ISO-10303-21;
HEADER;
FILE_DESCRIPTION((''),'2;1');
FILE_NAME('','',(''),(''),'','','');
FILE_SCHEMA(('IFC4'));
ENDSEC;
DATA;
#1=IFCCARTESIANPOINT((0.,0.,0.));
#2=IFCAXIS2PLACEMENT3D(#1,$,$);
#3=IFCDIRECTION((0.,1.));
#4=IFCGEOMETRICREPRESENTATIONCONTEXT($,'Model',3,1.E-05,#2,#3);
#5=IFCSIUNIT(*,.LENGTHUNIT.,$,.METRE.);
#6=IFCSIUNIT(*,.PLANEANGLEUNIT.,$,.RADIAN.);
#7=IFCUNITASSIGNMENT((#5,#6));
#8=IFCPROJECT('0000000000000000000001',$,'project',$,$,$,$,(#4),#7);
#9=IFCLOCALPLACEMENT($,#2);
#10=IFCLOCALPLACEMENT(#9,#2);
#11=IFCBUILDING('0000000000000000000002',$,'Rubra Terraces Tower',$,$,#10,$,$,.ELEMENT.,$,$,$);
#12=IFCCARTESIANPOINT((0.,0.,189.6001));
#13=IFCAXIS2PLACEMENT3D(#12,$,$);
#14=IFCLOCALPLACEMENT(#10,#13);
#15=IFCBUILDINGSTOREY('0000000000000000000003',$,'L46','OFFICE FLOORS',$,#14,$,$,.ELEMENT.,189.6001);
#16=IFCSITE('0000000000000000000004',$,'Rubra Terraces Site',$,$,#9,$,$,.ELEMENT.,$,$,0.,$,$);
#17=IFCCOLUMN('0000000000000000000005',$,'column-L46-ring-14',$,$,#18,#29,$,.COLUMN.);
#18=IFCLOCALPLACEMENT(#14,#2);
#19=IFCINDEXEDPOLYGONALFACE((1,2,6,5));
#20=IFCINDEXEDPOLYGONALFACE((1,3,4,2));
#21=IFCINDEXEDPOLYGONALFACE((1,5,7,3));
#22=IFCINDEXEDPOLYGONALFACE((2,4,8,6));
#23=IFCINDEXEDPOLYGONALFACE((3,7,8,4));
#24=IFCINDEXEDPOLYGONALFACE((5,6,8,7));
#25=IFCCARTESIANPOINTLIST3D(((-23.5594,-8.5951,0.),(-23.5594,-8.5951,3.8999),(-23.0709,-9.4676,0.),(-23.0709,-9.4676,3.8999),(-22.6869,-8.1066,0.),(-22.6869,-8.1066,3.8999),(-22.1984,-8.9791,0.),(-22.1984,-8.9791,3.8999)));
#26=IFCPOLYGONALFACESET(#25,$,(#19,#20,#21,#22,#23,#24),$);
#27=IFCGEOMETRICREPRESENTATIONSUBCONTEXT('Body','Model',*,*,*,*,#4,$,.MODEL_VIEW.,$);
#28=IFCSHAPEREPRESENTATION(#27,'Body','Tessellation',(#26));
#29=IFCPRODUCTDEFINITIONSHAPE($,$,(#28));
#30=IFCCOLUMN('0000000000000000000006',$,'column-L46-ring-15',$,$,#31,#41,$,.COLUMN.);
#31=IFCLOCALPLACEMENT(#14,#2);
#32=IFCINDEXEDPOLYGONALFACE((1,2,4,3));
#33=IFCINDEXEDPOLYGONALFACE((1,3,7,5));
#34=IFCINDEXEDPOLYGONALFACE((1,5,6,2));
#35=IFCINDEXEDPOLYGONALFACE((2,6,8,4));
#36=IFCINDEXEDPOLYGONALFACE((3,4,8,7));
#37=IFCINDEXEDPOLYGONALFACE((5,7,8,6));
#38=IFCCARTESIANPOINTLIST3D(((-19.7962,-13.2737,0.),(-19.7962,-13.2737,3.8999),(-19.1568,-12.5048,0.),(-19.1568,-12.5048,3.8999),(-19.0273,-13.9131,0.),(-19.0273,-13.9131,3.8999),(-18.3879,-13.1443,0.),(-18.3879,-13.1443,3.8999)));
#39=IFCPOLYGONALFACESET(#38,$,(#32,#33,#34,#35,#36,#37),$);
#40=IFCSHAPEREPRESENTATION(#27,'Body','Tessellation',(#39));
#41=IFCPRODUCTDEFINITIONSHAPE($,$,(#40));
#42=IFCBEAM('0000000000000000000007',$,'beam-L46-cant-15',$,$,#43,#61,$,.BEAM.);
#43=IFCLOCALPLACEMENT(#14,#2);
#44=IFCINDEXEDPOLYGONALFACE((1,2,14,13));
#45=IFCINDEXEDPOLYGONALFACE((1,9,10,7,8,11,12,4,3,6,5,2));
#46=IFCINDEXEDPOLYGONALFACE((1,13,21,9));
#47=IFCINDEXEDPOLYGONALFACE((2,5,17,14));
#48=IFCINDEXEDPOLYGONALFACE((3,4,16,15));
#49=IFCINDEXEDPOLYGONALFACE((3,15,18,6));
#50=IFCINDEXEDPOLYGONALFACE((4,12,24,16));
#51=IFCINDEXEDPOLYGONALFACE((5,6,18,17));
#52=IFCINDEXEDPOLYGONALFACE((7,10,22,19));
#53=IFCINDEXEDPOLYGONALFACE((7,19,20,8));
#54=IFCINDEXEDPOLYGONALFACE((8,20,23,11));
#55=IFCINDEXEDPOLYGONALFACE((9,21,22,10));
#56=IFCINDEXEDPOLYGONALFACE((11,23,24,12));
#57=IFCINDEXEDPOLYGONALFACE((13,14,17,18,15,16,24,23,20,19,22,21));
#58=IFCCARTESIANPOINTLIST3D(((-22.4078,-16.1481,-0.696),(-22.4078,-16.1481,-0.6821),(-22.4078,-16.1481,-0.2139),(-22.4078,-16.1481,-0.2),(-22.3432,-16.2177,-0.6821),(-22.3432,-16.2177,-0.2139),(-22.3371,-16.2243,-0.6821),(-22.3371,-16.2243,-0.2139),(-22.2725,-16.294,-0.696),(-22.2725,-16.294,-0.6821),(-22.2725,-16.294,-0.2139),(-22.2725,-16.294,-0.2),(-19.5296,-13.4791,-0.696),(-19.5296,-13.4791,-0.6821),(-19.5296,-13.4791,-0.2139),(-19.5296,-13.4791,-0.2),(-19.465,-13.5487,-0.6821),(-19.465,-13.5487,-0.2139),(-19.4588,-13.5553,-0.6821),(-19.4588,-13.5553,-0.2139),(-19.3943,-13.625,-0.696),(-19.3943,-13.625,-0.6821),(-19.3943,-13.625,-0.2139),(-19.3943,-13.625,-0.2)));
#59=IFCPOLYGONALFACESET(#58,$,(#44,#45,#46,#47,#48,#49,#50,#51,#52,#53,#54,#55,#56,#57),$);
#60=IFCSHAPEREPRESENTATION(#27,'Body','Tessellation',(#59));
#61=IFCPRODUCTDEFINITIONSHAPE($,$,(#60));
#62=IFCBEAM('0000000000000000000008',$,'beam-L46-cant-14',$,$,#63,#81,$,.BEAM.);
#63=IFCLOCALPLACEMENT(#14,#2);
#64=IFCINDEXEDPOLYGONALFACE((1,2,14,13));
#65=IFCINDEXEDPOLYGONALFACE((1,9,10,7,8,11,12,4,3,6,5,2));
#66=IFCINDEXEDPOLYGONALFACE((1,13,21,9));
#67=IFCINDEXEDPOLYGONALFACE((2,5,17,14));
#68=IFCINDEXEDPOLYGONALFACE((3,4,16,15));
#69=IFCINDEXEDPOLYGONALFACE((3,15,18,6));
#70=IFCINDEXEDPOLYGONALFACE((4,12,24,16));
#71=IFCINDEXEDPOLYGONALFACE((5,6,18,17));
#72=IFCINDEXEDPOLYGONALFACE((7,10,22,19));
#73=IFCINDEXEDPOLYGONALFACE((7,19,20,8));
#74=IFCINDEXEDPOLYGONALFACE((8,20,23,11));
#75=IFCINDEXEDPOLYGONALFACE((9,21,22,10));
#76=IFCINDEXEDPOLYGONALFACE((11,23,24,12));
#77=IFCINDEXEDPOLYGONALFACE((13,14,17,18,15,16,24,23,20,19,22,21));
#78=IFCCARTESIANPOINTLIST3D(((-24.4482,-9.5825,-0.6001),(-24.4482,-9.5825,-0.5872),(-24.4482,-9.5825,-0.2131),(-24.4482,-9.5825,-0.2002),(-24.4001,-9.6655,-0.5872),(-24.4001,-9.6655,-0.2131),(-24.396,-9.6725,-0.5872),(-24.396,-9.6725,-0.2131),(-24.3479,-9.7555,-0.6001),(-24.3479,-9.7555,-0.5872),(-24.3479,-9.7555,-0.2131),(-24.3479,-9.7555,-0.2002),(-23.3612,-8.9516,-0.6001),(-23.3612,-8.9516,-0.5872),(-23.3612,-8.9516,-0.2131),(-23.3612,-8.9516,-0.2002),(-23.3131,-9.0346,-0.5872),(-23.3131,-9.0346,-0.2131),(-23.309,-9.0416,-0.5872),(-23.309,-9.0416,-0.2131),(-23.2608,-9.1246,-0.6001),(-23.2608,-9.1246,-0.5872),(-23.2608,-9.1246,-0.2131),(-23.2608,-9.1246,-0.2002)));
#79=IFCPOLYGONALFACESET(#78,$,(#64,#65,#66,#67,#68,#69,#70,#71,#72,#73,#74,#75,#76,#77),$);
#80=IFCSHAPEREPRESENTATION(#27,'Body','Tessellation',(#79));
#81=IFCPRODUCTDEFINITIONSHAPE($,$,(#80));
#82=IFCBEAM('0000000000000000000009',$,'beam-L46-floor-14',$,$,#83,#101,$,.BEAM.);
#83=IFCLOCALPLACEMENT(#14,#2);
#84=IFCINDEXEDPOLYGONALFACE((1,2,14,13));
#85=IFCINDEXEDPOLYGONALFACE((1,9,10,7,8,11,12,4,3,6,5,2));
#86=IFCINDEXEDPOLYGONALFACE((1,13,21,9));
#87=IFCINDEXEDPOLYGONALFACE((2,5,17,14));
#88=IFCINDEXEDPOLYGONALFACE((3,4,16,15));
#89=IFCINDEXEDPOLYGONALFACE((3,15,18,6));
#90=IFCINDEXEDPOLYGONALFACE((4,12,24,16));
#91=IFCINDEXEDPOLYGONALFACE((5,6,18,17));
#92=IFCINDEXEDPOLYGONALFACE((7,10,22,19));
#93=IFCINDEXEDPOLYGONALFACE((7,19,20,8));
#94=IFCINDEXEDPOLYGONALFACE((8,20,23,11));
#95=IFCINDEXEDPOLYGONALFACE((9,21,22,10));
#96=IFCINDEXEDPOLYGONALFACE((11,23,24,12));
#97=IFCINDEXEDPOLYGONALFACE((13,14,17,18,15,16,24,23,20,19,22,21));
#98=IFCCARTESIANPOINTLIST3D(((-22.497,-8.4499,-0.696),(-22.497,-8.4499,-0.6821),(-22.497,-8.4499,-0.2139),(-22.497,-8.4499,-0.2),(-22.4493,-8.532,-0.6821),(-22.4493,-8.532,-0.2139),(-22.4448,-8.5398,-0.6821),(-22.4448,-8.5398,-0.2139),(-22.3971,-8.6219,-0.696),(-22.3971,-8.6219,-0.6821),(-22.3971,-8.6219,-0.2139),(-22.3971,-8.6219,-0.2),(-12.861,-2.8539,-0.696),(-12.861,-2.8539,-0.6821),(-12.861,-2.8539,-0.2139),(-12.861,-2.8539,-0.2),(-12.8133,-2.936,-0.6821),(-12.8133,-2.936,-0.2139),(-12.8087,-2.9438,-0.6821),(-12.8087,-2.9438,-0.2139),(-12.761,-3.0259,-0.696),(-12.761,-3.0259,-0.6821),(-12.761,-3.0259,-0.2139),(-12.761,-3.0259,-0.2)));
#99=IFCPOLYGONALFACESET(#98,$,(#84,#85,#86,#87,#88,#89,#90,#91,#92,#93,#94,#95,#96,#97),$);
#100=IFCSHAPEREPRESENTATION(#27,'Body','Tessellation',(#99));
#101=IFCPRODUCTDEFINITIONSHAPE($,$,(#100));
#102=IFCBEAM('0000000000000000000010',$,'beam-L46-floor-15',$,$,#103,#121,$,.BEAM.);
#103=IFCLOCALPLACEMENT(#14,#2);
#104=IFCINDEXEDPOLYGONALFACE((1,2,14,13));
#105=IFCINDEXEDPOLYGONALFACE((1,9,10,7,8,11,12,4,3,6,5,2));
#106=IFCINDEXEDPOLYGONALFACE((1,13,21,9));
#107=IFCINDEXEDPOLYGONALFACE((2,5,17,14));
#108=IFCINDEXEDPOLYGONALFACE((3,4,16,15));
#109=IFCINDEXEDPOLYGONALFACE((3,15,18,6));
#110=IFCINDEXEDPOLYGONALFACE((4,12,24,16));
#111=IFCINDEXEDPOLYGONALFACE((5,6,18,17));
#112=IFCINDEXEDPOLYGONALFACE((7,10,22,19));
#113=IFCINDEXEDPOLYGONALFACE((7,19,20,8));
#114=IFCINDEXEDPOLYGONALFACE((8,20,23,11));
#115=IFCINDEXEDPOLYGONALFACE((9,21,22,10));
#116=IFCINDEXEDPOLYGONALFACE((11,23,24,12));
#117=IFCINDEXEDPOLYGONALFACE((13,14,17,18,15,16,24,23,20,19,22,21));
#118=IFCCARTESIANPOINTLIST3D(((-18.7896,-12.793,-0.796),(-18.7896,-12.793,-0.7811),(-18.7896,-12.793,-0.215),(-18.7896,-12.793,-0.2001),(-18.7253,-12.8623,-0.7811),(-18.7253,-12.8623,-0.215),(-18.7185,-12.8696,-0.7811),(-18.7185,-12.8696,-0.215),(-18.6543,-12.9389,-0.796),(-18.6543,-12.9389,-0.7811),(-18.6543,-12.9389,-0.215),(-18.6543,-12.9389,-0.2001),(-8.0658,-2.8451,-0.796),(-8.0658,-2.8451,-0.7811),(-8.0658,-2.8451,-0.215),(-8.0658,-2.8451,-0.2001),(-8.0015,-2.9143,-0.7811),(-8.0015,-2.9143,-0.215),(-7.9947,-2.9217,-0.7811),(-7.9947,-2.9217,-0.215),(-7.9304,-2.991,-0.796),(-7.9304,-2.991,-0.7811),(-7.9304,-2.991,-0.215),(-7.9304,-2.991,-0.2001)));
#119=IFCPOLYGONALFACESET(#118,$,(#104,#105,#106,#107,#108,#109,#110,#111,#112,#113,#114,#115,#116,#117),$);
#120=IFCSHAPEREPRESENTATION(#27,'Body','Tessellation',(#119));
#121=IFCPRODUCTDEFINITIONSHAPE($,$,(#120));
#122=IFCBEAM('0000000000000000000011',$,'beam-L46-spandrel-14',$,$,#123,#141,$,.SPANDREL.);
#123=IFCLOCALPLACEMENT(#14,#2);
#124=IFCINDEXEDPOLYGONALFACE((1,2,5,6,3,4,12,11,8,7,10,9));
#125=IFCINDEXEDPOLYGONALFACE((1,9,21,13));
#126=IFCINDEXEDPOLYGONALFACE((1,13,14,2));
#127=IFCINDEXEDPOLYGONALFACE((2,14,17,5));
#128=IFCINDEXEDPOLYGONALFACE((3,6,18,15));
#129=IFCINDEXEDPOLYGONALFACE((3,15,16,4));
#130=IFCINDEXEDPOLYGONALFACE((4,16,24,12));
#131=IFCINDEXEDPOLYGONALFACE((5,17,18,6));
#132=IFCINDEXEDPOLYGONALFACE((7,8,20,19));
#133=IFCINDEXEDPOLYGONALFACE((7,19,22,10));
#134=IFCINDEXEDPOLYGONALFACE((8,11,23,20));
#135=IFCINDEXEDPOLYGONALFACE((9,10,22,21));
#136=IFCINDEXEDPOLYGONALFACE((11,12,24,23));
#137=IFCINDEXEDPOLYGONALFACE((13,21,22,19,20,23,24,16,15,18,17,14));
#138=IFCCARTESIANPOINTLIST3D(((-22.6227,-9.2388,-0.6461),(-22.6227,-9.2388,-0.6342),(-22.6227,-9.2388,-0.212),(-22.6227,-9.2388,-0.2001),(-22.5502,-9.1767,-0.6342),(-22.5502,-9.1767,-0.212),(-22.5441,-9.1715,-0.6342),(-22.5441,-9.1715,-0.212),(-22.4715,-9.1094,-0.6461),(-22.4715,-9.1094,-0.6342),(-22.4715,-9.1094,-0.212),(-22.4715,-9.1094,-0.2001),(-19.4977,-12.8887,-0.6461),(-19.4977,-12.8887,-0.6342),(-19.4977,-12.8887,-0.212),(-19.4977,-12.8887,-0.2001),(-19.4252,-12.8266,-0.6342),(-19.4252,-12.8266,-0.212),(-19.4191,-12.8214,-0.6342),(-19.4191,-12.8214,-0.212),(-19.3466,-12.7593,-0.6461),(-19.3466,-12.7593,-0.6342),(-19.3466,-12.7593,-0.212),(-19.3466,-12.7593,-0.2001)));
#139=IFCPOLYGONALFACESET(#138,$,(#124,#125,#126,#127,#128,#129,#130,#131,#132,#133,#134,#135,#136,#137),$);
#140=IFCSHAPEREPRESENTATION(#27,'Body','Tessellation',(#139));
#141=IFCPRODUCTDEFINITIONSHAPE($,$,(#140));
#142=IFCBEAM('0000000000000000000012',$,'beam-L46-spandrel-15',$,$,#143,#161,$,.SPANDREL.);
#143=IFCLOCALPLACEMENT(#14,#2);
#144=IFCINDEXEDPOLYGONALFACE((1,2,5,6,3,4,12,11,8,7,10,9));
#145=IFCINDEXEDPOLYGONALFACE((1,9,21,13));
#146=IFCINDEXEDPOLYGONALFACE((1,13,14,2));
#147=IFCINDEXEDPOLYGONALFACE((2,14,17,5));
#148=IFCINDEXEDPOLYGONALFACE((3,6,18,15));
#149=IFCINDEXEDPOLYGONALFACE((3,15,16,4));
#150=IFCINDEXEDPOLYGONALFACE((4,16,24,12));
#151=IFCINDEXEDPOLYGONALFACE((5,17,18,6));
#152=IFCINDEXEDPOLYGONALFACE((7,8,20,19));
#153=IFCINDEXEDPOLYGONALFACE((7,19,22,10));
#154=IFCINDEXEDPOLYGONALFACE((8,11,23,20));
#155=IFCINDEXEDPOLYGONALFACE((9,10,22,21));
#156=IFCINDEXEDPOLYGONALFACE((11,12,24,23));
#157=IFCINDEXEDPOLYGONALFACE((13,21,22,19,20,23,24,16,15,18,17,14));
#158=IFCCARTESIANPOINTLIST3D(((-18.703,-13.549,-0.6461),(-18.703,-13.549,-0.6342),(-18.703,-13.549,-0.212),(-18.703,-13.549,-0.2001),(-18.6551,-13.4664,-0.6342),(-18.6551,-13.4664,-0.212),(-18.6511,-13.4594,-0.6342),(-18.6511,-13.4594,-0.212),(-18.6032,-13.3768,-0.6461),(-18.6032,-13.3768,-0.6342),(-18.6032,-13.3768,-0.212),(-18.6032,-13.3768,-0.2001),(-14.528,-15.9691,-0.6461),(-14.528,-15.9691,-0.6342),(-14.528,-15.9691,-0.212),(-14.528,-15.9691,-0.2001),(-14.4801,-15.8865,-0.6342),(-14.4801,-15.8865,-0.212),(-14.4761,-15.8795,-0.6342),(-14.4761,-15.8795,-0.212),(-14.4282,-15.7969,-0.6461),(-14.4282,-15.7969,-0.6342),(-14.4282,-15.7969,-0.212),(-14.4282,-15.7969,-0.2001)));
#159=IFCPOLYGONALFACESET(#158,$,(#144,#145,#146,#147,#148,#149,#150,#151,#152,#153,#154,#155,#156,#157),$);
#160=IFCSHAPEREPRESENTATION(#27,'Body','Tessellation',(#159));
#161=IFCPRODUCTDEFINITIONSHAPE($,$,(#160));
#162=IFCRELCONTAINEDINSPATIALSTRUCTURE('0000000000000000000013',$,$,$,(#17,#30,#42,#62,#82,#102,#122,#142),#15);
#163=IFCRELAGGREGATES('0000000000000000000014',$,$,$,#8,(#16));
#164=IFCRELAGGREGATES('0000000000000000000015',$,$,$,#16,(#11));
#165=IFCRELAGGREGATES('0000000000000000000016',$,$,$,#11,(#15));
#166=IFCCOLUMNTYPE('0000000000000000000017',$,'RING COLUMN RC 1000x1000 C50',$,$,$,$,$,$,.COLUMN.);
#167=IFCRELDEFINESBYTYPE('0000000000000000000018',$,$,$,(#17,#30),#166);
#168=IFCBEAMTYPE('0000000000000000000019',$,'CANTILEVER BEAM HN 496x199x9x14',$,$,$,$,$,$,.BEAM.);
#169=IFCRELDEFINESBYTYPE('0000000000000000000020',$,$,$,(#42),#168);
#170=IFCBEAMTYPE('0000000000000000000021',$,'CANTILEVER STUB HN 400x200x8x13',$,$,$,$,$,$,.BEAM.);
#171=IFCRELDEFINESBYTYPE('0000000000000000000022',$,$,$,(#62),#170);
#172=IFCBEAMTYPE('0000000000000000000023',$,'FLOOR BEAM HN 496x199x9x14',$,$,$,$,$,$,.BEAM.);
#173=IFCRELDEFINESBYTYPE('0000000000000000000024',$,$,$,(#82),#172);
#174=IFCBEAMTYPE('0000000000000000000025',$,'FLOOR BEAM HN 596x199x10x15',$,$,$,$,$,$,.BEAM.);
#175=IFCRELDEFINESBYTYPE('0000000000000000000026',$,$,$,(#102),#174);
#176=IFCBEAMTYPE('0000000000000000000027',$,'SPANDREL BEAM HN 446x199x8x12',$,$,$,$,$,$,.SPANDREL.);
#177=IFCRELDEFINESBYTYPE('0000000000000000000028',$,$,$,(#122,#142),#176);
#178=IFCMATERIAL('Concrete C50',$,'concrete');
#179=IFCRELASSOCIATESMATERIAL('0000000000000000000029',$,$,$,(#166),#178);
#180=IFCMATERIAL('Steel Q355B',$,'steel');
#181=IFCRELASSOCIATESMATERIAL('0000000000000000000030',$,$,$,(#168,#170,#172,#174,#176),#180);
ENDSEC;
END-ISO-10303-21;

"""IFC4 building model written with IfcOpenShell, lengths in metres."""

from ifc_helpers import new_model, si_unit, direction, frame, origin, origin_2d, place, context, subcontext, project, spatial, rectangle, i_section, extrude, material, material_profile, profile_set, type_object, element, save


model = new_model("IFC4")

# Units and contexts
model_context = context("Model", 3, precision=1e-05, world=origin(), true_north=direction((0.0, 1.0)))
body_context = subcontext(model_context, "Body", "Model", "MODEL_VIEW")
ifc_project = project(units=[si_unit("LENGTHUNIT", "METRE"), si_unit("PLANEANGLEUNIT", "RADIAN")], contexts=[model_context])

# Site, building, storey
site_placement = place(None, origin())
site = spatial("IfcSite", under=ifc_project, at=site_placement, Name="Rubra Terraces Site", CompositionType="ELEMENT", RefElevation=0.0)
building_placement = place(site_placement, origin())
building = spatial("IfcBuilding", under=site, at=building_placement, Name="Rubra Terraces Tower", CompositionType="ELEMENT")
storey_placement = place(building_placement, frame((0.0, 0.0, 189.6001)))
storey = spatial("IfcBuildingStorey", under=building, at=storey_placement, Name="L46", Description="OFFICE FLOORS", CompositionType="ELEMENT", Elevation=189.6001)

# Columns
ifc_material_1 = material(Name="Concrete C50", Category="concrete")
ifc_material_profile_1 = material_profile(ifc_material_1, rectangle(XDim=1.0, YDim=1.0, at=origin_2d()), Name="RC 1000x1000")
ifc_profile_set_1 = profile_set([ifc_material_profile_1], Name="Concrete C50")
column_type = type_object("IfcColumnType", Name="RING COLUMN RC 1000x1000 C50", PredefinedType="COLUMN", material=ifc_profile_set_1)
for number, where, z_axis, x_axis, name in (
    (1, (-22.8789, -8.7871, 0.0), (0.0, 0.0, 1.0), (0.488526, -0.872549, 0.0), "column-L46-ring-14"),
    (2, (-19.092, -13.209, 0.0), (0.0, 0.0, 1.0), (0.76887, -0.639405, 0.0), "column-L46-ring-15"),
):
    element("IfcColumn", number, at=place(storey_placement, frame(where, z_axis=z_axis, x_axis=x_axis)), inside=storey, type_object=column_type, Name=name, PredefinedType="COLUMN", context=body_context, shape_type="SweptSolid", body=[
        extrude(rectangle(XDim=1.0, YDim=1.0, at=origin_2d()), origin(), (0.0, 0.0, 1.0), 3.8999),
    ])

# Beams
ifc_material_2 = material(Name="Steel Q355B", Category="steel")
ifc_material_profile_2 = material_profile(ifc_material_2, i_section(OverallWidth=0.199, OverallDepth=0.4961, WebThickness=0.009, FlangeThickness=0.0139, at=origin_2d()), Name="HN 496x199x9x14")
ifc_profile_set_2 = profile_set([ifc_material_profile_2], Name="Steel Q355B")
beam_type_1 = type_object("IfcBeamType", Name="CANTILEVER BEAM HN 496x199x9x14", PredefinedType="BEAM", material=ifc_profile_set_2)
beam_1_placement = place(storey_placement, frame((-19.4619, -13.552, -0.448), z_axis=(-0.733256, -0.679952, 0.0), x_axis=(0.679952, -0.733256, 0.0)))
element("IfcBeam", 3, at=beam_1_placement, inside=storey, type_object=beam_type_1, Name="beam-L46-cant-15", PredefinedType="BEAM", context=body_context, shape_type="SweptSolid", body=[
    extrude(i_section(OverallWidth=0.199, OverallDepth=0.4961, WebThickness=0.009, FlangeThickness=0.0139, at=origin_2d()), origin(), (0.0, 0.0, 1.0), 3.9253),
])
ifc_material_profile_3 = material_profile(ifc_material_2, i_section(OverallWidth=0.2, OverallDepth=0.3999, WebThickness=0.0081, FlangeThickness=0.0129, at=origin_2d()), Name="HN 400x200x8x13")
ifc_profile_set_3 = profile_set([ifc_material_profile_3], Name="Steel Q355B")
beam_type_2 = type_object("IfcBeamType", Name="CANTILEVER STUB HN 400x200x8x13", PredefinedType="BEAM", material=ifc_profile_set_3)
beam_2_placement = place(storey_placement, frame((-23.311, -9.0381, -0.4001), z_axis=(-0.864876, -0.501986, 0.0), x_axis=(0.501986, -0.864876, 0.0)))
element("IfcBeam", 4, at=beam_2_placement, inside=storey, type_object=beam_type_2, Name="beam-L46-cant-14", PredefinedType="BEAM", context=body_context, shape_type="SweptSolid", body=[
    extrude(i_section(OverallWidth=0.2, OverallDepth=0.3999, WebThickness=0.0081, FlangeThickness=0.0129, at=origin_2d()), origin(), (0.0, 0.0, 1.0), 1.2568),
])
ifc_material_profile_4 = material_profile(ifc_material_2, i_section(OverallWidth=0.199, OverallDepth=0.4961, WebThickness=0.009, FlangeThickness=0.0139, at=origin_2d()), Name="HN 496x199x9x14")
ifc_profile_set_4 = profile_set([ifc_material_profile_4], Name="Steel Q355B")
beam_type_3 = type_object("IfcBeamType", Name="FLOOR BEAM HN 496x199x9x14", PredefinedType="BEAM", material=ifc_profile_set_4)
beam_3_placement = place(storey_placement, frame((-22.447, -8.5359, -0.448), z_axis=(0.864755, 0.502193, 0.0), x_axis=(-0.502193, 0.864755, 0.0)))
element("IfcBeam", 5, at=beam_3_placement, inside=storey, type_object=beam_type_3, Name="beam-L46-floor-14", PredefinedType="BEAM", context=body_context, shape_type="SweptSolid", body=[
    extrude(i_section(OverallWidth=0.199, OverallDepth=0.4961, WebThickness=0.009, FlangeThickness=0.0139, at=origin_2d()), origin(), (0.0, 0.0, 1.0), 11.1431),
])
ifc_material_profile_5 = material_profile(ifc_material_2, i_section(OverallWidth=0.199, OverallDepth=0.5959, WebThickness=0.01, FlangeThickness=0.0149, at=origin_2d()), Name="HN 596x199x10x15")
ifc_profile_set_5 = profile_set([ifc_material_profile_5], Name="Steel Q355B")
beam_type_4 = type_object("IfcBeamType", Name="FLOOR BEAM HN 596x199x10x15", PredefinedType="BEAM", material=ifc_profile_set_5)
beam_4_placement = place(storey_placement, frame((-18.7219, -12.866, -0.498), z_axis=(0.73313, 0.680088, 0.0), x_axis=(-0.680088, 0.73313, 0.0)))
element("IfcBeam", 6, at=beam_4_placement, inside=storey, type_object=beam_type_4, Name="beam-L46-floor-15", PredefinedType="BEAM", context=body_context, shape_type="SweptSolid", body=[
    extrude(i_section(OverallWidth=0.199, OverallDepth=0.5959, WebThickness=0.01, FlangeThickness=0.0149, at=origin_2d()), origin(), (0.0, 0.0, 1.0), 14.6274),
])
ifc_material_profile_6 = material_profile(ifc_material_2, i_section(OverallWidth=0.199, OverallDepth=0.446, WebThickness=0.0081, FlangeThickness=0.012, at=origin_2d()), Name="HN 446x199x8x12")
ifc_profile_set_6 = profile_set([ifc_material_profile_6], Name="Steel Q355B")
beam_type_5 = type_object("IfcBeamType", Name="SPANDREL BEAM HN 446x199x8x12", PredefinedType="SPANDREL", material=ifc_profile_set_6)
beam_5_placement = place(storey_placement, frame((-22.5471, -9.1741, -0.4231), z_axis=(0.650373, -0.759615, 0.0), x_axis=(0.759615, 0.650373, 0.0)))
element("IfcBeam", 7, at=beam_5_placement, inside=storey, type_object=beam_type_5, Name="beam-L46-spandrel-14", PredefinedType="SPANDREL", context=body_context, shape_type="SweptSolid", body=[
    extrude(i_section(OverallWidth=0.199, OverallDepth=0.446, WebThickness=0.0081, FlangeThickness=0.012, at=origin_2d()), origin(), (0.0, 0.0, 1.0), 4.8049),
])
beam_6_placement = place(storey_placement, frame((-18.6531, -13.4629, -0.4231), z_axis=(0.865154, -0.501507, 0.0), x_axis=(0.501507, 0.865154, 0.0)))
element("IfcBeam", 8, at=beam_6_placement, inside=storey, type_object=beam_type_5, Name="beam-L46-spandrel-15", PredefinedType="SPANDREL", context=body_context, shape_type="SweptSolid", body=[
    extrude(i_section(OverallWidth=0.199, OverallDepth=0.446, WebThickness=0.0081, FlangeThickness=0.012, at=origin_2d()), origin(), (0.0, 0.0, 1.0), 4.8257),
])

save(model, "model.ifc")
